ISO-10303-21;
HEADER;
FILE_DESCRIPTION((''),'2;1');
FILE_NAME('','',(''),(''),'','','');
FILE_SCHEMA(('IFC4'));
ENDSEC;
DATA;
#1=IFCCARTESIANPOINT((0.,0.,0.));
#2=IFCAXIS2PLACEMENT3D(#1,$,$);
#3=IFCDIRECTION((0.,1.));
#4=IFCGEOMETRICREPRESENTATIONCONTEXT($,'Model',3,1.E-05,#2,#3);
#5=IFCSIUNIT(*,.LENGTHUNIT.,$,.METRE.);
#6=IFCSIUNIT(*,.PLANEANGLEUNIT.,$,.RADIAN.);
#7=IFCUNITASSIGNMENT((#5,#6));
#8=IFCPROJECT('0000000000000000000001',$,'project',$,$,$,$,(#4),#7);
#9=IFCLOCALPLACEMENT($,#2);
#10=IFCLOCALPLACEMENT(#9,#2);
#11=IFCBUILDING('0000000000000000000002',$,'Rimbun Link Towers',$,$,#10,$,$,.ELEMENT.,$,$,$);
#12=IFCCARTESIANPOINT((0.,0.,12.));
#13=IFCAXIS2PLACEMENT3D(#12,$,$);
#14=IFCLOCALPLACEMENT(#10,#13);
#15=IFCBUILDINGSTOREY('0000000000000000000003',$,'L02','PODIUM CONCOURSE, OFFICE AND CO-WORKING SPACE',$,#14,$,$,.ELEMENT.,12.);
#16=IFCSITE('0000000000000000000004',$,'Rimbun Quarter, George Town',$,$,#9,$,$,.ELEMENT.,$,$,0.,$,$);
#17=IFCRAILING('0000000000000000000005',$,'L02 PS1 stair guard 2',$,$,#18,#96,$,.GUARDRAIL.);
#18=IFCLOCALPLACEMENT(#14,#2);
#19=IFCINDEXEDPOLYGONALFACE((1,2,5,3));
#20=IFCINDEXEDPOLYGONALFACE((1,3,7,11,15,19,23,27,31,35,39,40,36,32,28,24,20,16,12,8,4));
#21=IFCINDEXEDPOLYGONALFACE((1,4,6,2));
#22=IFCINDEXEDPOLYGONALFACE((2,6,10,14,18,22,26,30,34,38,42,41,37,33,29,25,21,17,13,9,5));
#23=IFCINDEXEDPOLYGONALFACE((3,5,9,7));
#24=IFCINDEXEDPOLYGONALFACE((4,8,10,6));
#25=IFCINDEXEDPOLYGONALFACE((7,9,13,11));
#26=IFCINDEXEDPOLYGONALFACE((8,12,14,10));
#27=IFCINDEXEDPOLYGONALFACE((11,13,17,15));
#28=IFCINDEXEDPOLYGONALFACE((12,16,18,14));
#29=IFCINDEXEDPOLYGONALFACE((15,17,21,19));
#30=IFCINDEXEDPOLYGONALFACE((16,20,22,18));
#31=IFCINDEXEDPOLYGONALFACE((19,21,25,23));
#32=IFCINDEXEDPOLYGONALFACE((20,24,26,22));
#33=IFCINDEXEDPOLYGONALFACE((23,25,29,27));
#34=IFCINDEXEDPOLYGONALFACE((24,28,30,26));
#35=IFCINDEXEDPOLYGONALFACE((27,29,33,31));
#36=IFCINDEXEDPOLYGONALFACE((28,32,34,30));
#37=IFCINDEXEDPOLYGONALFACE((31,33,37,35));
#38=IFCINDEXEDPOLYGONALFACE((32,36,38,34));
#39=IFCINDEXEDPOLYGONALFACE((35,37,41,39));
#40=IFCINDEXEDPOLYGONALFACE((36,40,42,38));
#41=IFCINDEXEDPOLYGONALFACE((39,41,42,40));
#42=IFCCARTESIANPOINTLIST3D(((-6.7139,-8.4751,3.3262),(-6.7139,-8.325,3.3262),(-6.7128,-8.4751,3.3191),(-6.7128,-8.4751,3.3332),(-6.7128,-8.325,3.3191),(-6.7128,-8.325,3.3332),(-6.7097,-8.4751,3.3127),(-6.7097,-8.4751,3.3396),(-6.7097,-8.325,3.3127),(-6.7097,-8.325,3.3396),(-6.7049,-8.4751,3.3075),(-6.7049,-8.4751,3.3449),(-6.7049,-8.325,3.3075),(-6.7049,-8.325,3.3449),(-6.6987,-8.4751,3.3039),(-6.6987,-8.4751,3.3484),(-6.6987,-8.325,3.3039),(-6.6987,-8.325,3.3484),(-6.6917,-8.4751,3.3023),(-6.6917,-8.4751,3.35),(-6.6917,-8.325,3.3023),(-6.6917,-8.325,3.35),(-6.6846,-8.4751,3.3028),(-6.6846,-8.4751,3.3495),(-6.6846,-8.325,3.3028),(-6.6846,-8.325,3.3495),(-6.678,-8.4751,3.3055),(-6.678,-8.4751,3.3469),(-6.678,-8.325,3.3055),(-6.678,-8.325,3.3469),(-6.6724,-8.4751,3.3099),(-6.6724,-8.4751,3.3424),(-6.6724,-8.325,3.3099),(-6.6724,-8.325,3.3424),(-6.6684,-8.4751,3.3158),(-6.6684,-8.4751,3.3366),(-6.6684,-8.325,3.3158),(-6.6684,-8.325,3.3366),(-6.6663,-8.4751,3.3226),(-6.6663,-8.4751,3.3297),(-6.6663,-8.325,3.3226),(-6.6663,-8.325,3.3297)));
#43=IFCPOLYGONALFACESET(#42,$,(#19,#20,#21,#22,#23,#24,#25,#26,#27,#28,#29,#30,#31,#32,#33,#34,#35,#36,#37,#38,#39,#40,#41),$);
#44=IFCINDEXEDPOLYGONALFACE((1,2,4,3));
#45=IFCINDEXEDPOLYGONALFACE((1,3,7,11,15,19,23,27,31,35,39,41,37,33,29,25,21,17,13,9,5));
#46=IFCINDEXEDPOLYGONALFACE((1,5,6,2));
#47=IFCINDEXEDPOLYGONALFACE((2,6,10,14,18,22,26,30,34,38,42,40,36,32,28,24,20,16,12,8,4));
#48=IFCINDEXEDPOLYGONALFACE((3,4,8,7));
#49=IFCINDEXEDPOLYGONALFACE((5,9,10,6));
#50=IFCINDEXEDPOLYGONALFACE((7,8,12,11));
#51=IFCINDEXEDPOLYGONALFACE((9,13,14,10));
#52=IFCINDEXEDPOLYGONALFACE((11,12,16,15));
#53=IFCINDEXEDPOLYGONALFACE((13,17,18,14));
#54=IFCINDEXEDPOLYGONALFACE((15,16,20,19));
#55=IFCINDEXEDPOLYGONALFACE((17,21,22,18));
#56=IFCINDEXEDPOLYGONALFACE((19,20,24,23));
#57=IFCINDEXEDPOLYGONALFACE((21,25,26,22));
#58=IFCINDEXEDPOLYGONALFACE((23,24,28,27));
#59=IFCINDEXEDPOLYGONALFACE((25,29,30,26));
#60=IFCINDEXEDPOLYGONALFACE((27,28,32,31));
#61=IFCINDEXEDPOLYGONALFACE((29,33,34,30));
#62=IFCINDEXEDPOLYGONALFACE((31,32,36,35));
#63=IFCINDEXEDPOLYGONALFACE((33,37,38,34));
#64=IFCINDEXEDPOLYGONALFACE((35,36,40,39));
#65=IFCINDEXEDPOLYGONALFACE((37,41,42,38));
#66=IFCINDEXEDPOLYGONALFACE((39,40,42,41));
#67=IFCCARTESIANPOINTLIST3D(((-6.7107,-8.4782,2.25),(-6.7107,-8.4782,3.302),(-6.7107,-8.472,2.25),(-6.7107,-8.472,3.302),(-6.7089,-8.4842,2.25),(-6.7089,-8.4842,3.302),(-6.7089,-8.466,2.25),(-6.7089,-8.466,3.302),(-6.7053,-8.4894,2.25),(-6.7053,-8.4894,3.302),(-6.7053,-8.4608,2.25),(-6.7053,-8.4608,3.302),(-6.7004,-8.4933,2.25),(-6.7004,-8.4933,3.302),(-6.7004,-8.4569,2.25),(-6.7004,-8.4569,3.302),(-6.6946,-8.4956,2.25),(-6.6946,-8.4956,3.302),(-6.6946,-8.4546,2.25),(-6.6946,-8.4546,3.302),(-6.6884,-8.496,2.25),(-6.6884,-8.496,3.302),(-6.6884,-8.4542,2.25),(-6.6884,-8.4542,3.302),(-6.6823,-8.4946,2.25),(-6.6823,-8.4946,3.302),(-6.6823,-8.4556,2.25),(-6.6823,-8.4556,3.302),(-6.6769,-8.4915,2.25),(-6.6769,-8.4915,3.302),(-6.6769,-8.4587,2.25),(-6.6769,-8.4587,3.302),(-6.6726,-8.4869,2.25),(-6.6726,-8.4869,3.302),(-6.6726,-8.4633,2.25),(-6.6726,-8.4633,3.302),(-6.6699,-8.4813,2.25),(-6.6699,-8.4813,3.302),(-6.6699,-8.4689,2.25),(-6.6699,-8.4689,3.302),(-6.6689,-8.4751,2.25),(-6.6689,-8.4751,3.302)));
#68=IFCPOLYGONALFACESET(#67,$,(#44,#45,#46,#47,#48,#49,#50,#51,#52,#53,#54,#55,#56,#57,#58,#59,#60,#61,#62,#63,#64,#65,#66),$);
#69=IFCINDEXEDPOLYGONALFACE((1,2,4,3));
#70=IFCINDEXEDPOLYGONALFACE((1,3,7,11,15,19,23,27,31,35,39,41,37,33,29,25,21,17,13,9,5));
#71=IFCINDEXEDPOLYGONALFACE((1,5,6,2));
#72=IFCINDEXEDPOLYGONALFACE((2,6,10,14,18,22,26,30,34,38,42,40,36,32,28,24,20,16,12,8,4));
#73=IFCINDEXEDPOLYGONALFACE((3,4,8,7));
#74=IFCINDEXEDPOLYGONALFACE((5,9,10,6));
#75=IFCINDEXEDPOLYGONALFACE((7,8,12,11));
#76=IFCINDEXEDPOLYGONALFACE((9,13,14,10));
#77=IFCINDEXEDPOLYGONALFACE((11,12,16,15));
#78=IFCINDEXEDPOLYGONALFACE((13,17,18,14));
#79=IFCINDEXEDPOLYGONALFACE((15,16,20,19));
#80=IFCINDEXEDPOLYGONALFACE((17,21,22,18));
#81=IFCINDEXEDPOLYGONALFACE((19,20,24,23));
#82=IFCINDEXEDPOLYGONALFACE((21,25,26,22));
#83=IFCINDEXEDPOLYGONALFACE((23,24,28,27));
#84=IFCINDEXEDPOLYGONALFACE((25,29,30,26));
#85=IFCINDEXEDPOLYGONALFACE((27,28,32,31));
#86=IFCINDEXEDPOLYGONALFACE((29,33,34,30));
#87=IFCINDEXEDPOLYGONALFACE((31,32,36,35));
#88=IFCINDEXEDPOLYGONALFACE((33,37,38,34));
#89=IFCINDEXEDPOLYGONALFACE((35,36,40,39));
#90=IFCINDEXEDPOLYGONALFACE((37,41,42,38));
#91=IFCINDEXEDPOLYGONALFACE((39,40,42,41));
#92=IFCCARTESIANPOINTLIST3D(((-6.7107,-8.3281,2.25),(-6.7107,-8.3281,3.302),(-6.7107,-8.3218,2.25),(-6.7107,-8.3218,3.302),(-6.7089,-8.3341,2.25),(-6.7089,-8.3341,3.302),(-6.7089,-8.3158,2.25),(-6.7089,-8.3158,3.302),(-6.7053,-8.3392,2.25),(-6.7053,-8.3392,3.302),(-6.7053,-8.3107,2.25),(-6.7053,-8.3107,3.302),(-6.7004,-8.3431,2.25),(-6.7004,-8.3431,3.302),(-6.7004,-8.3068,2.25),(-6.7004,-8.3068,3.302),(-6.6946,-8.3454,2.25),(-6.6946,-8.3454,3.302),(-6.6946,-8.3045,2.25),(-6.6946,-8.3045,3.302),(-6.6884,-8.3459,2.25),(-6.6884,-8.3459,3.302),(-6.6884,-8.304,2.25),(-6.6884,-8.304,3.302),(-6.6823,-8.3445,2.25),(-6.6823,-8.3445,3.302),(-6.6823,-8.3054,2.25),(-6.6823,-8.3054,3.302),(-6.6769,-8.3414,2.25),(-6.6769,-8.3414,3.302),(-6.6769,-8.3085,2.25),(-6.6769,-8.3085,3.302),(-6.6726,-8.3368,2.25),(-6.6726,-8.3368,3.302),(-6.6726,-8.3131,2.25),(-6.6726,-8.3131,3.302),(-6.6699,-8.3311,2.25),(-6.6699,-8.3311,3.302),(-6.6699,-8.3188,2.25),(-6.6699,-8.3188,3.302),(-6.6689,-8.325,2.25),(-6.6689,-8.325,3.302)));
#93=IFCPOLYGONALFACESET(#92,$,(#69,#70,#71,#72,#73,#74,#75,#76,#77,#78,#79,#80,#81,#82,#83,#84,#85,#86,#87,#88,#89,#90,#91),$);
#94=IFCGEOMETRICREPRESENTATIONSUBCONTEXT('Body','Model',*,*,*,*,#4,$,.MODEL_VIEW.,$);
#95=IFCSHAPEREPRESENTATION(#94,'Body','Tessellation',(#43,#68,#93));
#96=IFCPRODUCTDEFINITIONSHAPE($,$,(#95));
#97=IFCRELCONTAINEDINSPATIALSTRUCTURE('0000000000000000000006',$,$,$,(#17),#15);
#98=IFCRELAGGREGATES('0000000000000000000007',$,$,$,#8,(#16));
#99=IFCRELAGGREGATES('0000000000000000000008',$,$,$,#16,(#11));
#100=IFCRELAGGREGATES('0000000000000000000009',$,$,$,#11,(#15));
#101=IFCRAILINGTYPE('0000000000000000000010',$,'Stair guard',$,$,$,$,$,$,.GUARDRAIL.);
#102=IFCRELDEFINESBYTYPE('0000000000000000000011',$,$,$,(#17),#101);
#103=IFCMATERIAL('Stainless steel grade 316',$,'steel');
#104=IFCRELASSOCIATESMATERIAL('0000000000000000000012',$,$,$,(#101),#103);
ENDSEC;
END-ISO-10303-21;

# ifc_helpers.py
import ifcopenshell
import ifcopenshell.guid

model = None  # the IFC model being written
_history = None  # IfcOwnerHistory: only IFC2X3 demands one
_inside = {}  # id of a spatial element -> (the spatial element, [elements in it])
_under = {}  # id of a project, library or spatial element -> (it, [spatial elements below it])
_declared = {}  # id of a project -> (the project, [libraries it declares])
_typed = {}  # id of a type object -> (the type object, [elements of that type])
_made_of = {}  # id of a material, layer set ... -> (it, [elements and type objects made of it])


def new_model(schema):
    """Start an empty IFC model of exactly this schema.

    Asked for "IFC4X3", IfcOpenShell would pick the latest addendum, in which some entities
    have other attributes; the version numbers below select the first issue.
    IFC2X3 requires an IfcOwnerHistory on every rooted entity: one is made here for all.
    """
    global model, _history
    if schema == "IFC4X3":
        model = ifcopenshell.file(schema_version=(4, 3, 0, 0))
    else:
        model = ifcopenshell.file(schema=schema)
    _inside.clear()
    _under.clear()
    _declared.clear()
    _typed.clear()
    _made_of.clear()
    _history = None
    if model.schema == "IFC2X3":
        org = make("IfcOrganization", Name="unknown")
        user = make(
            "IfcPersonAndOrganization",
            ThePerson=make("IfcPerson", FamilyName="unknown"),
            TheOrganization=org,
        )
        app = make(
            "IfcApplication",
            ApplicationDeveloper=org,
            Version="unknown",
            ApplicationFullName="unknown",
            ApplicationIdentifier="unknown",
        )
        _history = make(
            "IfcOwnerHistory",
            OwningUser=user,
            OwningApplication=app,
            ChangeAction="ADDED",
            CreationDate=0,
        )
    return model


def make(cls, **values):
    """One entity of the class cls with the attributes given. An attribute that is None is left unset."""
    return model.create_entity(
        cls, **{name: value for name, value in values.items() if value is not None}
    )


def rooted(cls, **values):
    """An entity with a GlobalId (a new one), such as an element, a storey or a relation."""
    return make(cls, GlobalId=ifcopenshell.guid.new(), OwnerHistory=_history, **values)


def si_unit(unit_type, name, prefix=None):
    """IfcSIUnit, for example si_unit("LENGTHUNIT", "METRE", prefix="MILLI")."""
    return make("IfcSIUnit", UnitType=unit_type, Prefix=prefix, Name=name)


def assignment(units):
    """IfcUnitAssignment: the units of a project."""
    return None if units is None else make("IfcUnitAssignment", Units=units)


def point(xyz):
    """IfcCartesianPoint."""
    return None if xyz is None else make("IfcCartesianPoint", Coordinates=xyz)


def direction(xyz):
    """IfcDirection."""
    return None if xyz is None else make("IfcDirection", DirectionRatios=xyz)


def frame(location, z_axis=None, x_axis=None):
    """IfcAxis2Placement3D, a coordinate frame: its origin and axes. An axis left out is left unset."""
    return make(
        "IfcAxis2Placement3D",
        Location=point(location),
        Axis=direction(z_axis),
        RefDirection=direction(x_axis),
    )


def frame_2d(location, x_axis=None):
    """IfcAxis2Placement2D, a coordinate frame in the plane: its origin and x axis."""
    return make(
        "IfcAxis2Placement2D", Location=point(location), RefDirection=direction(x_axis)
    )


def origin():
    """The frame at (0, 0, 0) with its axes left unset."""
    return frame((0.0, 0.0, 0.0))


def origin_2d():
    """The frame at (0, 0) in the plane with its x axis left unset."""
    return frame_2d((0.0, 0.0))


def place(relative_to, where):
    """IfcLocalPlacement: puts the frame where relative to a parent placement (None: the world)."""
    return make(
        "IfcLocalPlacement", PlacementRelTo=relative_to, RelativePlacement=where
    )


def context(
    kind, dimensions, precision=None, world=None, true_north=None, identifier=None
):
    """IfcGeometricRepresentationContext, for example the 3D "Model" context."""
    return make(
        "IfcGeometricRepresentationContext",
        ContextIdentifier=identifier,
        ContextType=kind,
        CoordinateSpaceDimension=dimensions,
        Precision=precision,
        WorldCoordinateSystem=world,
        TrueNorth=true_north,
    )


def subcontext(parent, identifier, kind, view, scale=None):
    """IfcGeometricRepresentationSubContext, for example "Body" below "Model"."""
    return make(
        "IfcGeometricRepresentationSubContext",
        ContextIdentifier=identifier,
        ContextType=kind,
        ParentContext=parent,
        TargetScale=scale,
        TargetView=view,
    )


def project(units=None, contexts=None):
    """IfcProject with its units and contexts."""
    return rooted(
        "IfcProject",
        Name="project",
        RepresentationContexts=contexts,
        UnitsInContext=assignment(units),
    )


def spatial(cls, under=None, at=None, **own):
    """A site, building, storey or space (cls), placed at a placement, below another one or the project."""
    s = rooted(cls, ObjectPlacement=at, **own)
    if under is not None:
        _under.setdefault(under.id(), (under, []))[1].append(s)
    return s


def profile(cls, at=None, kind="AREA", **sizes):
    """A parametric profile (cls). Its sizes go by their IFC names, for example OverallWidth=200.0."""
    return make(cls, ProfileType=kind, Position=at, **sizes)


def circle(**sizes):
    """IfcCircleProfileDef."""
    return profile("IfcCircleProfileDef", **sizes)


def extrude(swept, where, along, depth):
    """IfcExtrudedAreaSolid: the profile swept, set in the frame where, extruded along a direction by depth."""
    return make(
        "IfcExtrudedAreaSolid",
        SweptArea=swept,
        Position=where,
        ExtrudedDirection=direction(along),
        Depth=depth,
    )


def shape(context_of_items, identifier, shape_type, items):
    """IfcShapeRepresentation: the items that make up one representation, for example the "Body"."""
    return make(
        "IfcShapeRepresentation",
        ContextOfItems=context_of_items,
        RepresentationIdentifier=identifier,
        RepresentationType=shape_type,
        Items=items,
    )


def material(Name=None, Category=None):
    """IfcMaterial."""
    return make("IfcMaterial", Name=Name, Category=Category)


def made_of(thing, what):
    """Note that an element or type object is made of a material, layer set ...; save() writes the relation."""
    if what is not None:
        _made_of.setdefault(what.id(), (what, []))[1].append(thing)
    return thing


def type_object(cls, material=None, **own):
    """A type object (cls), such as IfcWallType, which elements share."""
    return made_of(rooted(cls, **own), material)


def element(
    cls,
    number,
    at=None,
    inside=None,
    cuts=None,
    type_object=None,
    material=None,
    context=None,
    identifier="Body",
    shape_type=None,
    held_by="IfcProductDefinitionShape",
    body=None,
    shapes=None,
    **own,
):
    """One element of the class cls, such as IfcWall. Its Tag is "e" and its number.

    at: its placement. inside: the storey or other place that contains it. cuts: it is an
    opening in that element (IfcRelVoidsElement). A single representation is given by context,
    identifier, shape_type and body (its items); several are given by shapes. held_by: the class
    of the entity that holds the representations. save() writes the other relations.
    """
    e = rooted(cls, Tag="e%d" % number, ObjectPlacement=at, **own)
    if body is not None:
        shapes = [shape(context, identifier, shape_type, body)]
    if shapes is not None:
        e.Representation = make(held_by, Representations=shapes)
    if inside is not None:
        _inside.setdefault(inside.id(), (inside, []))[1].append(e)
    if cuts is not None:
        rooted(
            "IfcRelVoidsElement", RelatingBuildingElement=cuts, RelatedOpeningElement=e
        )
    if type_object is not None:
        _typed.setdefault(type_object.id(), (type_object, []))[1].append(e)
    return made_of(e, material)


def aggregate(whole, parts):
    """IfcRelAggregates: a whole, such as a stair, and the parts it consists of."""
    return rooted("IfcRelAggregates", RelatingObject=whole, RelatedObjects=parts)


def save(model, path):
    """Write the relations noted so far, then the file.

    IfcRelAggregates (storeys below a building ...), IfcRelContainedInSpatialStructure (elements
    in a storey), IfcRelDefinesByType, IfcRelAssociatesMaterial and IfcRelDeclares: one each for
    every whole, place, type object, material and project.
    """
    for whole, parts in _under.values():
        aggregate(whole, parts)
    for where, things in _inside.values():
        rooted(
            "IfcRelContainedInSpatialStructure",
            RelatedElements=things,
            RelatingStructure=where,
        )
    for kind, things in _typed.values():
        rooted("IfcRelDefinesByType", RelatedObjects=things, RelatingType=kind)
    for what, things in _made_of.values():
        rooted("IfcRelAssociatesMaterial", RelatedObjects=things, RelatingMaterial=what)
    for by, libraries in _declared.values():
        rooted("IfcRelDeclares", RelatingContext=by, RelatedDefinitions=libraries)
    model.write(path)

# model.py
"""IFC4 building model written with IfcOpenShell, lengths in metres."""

from ifc_helpers import new_model, si_unit, direction, frame, origin, origin_2d, place, context, subcontext, project, spatial, circle, extrude, material, type_object, element, save


model = new_model("IFC4")

# Units and contexts
model_context = context("Model", 3, precision=1e-05, world=origin(), true_north=direction((0.0, 1.0)))
body_context = subcontext(model_context, "Body", "Model", "MODEL_VIEW")
ifc_project = project(units=[si_unit("LENGTHUNIT", "METRE"), si_unit("PLANEANGLEUNIT", "RADIAN")], contexts=[model_context])

# Site, building, storey
site_placement = place(None, origin())
site = spatial("IfcSite", under=ifc_project, at=site_placement, Name="Rimbun Quarter, George Town", CompositionType="ELEMENT", RefElevation=0.0)
building_placement = place(site_placement, origin())
building = spatial("IfcBuilding", under=site, at=building_placement, Name="Rimbun Link Towers", CompositionType="ELEMENT")
storey_placement = place(building_placement, frame((0.0, 0.0, 12.0)))
storey = spatial("IfcBuildingStorey", under=building, at=storey_placement, Name="L02", Description="PODIUM CONCOURSE, OFFICE AND CO-WORKING SPACE", CompositionType="ELEMENT", Elevation=12.0)

# Railing
ifc_material_1 = material(Name="Stainless steel grade 316", Category="steel")
railing_type_1 = type_object("IfcRailingType", Name="Stair guard", PredefinedType="GUARDRAIL", material=ifc_material_1)
railing_1_placement = place(storey_placement, frame((-6.6899, -8.4751, 2.25)))
element("IfcRailing", 1, at=railing_1_placement, inside=storey, type_object=railing_type_1, Name="L02 PS1 stair guard 2", PredefinedType="GUARDRAIL", context=body_context, shape_type="SweptSolid", body=[
    extrude(circle(Radius=0.0239, at=origin_2d()), frame((0.0, 0.0, 1.0762), z_axis=(0.0, 1.0, 0.0), x_axis=(-1.0, 0.0, 0.0)), (0.0, 0.0, 1.0), 0.1501),
    extrude(circle(Radius=0.021, at=origin_2d()), origin(), (0.0, 0.0, 1.0), 1.052),
    extrude(circle(Radius=0.021, at=origin_2d()), frame((0.0, 0.1501, 0.0)), (0.0, 0.0, 1.0), 1.052),
])

save(model, "model.ifc")
